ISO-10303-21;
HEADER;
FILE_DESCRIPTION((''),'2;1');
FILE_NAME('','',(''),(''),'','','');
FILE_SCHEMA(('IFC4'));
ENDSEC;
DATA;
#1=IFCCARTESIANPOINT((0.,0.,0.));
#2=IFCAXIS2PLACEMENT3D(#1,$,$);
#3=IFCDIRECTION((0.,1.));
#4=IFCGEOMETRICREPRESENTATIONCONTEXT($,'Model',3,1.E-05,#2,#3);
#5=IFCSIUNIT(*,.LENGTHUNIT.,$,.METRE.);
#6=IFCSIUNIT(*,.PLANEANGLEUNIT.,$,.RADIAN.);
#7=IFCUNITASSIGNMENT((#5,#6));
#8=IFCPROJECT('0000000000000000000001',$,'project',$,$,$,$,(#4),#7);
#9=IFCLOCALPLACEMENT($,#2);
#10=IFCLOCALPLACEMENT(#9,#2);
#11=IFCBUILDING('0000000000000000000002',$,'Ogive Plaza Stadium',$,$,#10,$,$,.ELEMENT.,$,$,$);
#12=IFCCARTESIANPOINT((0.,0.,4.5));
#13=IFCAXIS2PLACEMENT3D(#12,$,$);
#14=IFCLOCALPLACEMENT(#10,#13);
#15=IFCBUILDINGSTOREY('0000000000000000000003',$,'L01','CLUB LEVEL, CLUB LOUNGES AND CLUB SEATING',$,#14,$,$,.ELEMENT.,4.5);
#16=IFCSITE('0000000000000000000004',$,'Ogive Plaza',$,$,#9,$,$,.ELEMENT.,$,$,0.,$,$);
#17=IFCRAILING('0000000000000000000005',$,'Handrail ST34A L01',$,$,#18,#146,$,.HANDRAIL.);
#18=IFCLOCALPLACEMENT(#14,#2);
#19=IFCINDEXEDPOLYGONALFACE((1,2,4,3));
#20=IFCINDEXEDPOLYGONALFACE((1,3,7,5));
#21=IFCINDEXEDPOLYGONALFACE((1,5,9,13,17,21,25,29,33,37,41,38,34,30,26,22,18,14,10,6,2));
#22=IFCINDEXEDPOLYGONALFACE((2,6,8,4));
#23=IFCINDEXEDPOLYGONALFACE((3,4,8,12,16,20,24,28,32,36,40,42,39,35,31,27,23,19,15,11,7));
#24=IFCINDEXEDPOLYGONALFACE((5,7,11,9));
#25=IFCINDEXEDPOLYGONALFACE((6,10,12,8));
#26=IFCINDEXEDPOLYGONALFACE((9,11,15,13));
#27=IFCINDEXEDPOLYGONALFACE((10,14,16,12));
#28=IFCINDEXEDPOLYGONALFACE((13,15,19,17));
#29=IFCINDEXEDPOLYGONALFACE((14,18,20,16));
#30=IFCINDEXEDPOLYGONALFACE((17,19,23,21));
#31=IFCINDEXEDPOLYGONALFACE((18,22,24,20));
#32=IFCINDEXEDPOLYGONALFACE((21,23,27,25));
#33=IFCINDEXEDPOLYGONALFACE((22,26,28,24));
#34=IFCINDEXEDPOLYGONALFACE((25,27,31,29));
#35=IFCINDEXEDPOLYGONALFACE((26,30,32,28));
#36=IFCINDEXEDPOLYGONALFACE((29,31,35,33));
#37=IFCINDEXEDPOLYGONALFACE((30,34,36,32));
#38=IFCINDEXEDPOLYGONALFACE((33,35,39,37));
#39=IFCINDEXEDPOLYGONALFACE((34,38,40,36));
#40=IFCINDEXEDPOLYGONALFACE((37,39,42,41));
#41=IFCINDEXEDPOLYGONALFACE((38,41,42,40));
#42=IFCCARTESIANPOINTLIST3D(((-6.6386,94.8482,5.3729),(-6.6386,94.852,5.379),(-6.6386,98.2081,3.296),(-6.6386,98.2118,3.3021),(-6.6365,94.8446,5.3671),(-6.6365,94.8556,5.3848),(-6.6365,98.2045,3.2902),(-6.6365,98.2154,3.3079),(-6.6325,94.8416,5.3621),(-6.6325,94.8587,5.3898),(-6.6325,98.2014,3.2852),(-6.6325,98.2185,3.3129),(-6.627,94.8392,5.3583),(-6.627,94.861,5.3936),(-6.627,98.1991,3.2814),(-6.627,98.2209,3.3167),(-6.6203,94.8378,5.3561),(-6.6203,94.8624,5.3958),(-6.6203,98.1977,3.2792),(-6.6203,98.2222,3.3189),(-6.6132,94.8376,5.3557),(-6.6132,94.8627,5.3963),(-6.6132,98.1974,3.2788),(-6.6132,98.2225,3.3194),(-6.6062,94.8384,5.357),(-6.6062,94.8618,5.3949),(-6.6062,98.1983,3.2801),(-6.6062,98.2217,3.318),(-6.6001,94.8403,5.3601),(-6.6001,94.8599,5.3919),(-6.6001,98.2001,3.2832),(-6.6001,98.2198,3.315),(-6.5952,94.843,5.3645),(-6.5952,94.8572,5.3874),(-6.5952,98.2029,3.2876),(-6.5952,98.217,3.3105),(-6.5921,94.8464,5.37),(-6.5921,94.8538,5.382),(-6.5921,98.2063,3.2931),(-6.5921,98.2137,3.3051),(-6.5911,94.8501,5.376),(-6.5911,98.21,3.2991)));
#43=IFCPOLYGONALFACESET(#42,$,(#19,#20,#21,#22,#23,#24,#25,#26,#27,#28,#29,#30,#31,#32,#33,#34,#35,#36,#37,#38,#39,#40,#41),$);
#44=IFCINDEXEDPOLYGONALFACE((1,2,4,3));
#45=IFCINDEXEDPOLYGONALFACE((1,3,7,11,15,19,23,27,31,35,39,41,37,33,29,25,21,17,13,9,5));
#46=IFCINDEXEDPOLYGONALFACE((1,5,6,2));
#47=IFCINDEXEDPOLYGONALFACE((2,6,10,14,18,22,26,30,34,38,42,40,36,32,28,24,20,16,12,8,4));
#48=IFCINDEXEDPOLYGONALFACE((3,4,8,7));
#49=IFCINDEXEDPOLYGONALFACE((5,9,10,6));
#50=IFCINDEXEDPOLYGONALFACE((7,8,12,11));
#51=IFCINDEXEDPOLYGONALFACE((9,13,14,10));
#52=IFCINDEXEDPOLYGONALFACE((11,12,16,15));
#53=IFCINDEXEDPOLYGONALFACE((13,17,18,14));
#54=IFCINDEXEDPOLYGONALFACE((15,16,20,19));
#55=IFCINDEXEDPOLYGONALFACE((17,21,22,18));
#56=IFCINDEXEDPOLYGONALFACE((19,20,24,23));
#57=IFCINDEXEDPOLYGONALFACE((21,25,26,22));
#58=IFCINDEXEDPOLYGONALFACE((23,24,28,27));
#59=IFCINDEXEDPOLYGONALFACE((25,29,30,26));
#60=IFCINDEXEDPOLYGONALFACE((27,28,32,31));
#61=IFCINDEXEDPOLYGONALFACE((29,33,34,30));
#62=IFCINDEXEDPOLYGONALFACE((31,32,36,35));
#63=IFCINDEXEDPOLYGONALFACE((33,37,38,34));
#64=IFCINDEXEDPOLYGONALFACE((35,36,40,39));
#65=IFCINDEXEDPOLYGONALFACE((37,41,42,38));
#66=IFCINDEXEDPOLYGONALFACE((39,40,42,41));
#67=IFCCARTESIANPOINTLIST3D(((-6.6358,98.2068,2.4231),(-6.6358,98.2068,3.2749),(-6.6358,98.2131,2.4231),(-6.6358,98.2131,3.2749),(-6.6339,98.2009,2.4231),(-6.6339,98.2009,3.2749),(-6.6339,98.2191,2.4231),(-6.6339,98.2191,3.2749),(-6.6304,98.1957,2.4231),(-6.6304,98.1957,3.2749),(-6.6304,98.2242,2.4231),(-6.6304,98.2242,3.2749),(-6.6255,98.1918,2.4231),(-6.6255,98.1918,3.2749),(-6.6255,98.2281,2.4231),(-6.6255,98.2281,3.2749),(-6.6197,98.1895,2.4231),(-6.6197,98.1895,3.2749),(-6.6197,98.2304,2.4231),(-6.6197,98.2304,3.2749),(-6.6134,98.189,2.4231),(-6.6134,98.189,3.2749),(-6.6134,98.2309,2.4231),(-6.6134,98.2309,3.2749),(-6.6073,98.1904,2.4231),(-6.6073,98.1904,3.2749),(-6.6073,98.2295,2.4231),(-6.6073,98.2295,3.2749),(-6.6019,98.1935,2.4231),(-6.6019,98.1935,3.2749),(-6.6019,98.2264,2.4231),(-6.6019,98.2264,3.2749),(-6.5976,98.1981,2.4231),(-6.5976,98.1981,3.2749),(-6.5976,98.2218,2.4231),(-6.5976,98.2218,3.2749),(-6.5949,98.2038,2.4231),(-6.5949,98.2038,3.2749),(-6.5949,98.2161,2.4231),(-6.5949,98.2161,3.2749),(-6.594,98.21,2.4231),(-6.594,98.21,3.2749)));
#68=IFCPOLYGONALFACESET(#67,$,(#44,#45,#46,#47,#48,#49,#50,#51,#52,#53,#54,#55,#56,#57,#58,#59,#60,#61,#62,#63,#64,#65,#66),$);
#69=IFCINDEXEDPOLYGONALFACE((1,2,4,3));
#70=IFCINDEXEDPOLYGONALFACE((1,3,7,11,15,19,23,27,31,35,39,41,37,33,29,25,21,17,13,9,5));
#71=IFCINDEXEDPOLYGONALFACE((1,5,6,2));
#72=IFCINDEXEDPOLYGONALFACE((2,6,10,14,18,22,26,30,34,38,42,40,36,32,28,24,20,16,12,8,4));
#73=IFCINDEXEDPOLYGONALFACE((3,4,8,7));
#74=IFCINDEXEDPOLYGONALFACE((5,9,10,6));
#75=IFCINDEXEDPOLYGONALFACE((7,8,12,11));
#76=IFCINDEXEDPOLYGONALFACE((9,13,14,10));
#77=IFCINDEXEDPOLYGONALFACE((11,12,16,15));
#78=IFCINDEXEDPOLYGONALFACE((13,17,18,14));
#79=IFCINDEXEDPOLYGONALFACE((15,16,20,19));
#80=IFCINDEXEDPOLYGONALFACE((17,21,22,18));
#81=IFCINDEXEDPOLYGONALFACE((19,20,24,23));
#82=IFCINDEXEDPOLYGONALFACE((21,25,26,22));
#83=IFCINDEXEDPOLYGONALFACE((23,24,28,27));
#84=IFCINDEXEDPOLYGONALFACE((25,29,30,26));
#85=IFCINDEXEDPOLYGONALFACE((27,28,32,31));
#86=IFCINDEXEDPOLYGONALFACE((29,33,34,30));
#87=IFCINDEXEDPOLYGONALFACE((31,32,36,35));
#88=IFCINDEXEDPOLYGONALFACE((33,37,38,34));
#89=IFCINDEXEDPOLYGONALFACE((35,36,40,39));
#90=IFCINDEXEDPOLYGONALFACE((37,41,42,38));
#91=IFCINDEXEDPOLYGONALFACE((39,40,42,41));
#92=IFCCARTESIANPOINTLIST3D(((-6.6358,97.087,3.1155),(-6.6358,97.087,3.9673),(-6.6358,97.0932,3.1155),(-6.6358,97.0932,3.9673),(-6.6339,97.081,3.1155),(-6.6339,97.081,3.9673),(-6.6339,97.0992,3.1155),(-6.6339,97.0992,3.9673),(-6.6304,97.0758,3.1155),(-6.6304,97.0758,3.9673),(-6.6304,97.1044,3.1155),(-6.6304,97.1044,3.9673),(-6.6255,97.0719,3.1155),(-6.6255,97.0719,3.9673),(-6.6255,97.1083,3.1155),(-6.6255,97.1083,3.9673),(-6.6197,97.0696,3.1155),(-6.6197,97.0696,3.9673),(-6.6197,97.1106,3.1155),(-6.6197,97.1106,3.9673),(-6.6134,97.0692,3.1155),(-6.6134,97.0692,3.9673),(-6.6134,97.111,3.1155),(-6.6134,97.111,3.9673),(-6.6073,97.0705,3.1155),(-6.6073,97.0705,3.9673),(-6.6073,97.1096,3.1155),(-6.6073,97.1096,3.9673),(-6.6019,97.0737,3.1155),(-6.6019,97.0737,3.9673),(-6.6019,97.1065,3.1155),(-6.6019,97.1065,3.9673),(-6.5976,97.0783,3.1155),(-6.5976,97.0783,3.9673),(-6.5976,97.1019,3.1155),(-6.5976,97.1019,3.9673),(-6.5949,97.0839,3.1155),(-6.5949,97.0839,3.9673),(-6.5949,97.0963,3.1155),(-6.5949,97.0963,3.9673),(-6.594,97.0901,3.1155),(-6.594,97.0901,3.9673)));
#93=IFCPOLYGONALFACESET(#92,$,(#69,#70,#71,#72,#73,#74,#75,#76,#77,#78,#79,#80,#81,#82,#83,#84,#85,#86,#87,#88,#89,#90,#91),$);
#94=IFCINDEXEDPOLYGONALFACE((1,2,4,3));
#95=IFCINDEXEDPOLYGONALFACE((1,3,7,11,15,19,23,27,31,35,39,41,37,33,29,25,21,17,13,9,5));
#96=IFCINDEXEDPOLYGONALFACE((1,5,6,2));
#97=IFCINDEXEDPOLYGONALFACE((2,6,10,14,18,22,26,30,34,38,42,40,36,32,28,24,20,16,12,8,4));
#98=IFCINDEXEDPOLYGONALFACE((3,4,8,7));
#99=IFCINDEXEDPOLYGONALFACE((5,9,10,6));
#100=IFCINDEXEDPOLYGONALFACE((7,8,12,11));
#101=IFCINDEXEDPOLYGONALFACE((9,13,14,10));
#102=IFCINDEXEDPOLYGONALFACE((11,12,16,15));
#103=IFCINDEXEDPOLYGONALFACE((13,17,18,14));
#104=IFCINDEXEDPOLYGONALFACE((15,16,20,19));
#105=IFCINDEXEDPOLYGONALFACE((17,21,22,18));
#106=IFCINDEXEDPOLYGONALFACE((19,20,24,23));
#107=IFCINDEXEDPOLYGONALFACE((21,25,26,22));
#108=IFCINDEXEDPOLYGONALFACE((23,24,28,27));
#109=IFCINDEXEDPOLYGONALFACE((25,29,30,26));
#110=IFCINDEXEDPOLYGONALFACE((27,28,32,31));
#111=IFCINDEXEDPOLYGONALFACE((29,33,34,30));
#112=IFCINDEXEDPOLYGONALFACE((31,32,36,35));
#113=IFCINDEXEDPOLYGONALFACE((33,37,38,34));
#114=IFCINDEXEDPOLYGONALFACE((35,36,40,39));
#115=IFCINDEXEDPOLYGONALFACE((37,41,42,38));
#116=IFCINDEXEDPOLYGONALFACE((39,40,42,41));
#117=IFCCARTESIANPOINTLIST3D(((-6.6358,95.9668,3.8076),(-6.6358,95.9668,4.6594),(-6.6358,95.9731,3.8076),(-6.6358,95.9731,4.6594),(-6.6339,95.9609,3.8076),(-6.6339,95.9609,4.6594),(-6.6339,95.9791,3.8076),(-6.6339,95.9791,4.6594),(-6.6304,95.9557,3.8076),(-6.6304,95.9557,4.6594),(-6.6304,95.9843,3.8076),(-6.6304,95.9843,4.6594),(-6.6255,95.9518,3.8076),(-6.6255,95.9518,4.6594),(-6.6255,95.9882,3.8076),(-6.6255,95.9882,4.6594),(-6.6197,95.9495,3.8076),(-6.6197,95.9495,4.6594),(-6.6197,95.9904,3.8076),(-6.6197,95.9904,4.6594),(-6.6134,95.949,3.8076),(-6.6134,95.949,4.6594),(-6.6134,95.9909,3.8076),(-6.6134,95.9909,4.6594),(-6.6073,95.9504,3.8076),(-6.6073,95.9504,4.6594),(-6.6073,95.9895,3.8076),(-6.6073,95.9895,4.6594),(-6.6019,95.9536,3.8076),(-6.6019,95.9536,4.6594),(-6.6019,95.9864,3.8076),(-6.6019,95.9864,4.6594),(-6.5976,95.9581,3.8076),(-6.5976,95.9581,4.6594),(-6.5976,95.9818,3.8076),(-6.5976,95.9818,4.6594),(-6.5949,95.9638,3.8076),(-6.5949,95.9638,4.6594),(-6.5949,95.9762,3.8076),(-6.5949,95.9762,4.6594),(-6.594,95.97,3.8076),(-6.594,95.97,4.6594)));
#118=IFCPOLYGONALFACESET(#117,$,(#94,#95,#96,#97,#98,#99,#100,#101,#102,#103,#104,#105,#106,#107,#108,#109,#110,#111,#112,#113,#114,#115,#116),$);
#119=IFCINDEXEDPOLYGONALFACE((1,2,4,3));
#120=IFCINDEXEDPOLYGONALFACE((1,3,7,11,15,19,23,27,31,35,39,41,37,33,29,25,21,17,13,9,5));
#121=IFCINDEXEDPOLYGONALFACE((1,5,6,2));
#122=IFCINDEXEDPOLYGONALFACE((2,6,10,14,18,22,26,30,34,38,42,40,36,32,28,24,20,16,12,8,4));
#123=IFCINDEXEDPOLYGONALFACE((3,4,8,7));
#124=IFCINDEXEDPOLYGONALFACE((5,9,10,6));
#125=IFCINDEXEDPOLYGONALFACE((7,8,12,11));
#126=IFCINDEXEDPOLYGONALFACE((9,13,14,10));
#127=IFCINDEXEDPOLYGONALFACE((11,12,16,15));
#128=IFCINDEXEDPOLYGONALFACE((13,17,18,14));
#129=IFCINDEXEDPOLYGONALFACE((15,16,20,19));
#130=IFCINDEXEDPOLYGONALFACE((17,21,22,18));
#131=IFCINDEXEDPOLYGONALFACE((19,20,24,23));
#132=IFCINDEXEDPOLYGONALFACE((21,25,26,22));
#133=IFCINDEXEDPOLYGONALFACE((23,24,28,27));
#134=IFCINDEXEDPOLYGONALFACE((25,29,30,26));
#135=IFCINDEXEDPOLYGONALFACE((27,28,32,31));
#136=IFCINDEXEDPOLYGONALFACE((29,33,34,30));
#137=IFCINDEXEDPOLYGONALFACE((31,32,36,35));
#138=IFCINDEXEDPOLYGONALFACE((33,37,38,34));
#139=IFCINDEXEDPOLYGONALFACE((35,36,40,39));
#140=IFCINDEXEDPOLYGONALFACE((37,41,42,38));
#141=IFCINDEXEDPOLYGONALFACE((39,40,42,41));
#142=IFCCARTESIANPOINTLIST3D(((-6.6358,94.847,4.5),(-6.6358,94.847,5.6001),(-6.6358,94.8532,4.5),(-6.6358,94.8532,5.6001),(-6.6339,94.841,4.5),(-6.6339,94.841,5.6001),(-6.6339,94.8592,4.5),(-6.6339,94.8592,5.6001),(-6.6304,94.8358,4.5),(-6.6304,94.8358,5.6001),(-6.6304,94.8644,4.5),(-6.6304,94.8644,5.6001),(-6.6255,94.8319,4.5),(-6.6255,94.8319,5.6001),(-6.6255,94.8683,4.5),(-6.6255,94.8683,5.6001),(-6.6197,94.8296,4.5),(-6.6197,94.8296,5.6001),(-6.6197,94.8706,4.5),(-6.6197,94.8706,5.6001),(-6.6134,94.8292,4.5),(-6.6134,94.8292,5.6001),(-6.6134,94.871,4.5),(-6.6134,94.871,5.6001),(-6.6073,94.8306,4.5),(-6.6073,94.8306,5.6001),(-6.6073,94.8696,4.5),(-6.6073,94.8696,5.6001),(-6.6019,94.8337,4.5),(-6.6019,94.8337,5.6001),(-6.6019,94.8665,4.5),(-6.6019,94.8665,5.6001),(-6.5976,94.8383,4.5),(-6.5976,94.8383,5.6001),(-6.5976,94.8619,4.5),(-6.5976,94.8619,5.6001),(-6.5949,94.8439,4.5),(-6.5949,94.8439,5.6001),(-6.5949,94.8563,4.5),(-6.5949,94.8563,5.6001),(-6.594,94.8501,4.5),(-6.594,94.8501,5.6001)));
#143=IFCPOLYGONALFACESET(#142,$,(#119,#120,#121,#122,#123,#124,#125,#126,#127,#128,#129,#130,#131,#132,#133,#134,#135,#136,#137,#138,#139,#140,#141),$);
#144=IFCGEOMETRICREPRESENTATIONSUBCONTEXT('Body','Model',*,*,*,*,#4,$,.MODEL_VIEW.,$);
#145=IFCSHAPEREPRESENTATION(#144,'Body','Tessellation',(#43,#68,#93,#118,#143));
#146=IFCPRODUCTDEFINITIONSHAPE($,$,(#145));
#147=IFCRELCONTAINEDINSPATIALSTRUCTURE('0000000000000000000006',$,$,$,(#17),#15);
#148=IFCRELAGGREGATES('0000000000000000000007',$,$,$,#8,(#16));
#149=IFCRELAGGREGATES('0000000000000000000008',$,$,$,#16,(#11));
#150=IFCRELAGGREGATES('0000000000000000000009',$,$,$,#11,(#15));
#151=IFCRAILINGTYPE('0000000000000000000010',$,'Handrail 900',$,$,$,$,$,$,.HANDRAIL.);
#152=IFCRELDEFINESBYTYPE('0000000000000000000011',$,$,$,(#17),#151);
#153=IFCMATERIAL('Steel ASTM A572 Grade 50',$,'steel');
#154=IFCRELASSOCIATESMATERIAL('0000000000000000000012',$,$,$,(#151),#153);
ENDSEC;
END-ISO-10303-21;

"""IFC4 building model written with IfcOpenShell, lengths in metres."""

from ifc_helpers import new_model, si_unit, direction, frame, origin, origin_2d, place, context, subcontext, project, spatial, circle, extrude, material, type_object, element, save


model = new_model("IFC4")

# Units and contexts
model_context = context("Model", 3, precision=1e-05, world=origin(), true_north=direction((0.0, 1.0)))
body_context = subcontext(model_context, "Body", "Model", "MODEL_VIEW")
ifc_project = project(units=[si_unit("LENGTHUNIT", "METRE"), si_unit("PLANEANGLEUNIT", "RADIAN")], contexts=[model_context])

# Site, building, storey
site_placement = place(None, origin())
site = spatial("IfcSite", under=ifc_project, at=site_placement, Name="Ogive Plaza", CompositionType="ELEMENT", RefElevation=0.0)
building_placement = place(site_placement, origin())
building = spatial("IfcBuilding", under=site, at=building_placement, Name="Ogive Plaza Stadium", CompositionType="ELEMENT")
storey_placement = place(building_placement, frame((0.0, 0.0, 4.5)))
storey = spatial("IfcBuildingStorey", under=building, at=storey_placement, Name="L01", Description="CLUB LEVEL, CLUB LOUNGES AND CLUB SEATING", CompositionType="ELEMENT", Elevation=4.5)

# Railing
ifc_material_1 = material(Name="Steel ASTM A572 Grade 50", Category="steel")
railing_type_1 = type_object("IfcRailingType", Name="Handrail 900", PredefinedType="HANDRAIL", material=ifc_material_1)
for number, where, name in (
    (1, (-6.615, 98.21, 2.4231), "Handrail ST34A L01"),
):
    element("IfcRailing", number, at=place(storey_placement, frame(where)), inside=storey, type_object=railing_type_1, Name=name, PredefinedType="HANDRAIL", context=body_context, shape_type="SweptSolid", body=[
        extrude(circle(Radius=0.0239, at=origin_2d()), frame((0.0, 0.0, 0.876), z_axis=(0.0, -0.850606, 0.525803), x_axis=(1.0, 0.0, 0.0)), (0.0, 0.0, 1.0), 3.95),
        extrude(circle(Radius=0.021, at=origin_2d()), origin(), (0.0, 0.0, 1.0), 0.8518),
        extrude(circle(Radius=0.021, at=origin_2d()), frame((0.0, -1.1199, 0.6924)), (0.0, 0.0, 1.0), 0.8518),
        extrude(circle(Radius=0.021, at=origin_2d()), frame((0.0, -2.24, 1.3845)), (0.0, 0.0, 1.0), 0.8518),
        extrude(circle(Radius=0.021, at=origin_2d()), frame((0.0, -3.3599, 2.0769)), (0.0, 0.0, 1.0), 1.1001),
    ])

save(model, "model.ifc")
